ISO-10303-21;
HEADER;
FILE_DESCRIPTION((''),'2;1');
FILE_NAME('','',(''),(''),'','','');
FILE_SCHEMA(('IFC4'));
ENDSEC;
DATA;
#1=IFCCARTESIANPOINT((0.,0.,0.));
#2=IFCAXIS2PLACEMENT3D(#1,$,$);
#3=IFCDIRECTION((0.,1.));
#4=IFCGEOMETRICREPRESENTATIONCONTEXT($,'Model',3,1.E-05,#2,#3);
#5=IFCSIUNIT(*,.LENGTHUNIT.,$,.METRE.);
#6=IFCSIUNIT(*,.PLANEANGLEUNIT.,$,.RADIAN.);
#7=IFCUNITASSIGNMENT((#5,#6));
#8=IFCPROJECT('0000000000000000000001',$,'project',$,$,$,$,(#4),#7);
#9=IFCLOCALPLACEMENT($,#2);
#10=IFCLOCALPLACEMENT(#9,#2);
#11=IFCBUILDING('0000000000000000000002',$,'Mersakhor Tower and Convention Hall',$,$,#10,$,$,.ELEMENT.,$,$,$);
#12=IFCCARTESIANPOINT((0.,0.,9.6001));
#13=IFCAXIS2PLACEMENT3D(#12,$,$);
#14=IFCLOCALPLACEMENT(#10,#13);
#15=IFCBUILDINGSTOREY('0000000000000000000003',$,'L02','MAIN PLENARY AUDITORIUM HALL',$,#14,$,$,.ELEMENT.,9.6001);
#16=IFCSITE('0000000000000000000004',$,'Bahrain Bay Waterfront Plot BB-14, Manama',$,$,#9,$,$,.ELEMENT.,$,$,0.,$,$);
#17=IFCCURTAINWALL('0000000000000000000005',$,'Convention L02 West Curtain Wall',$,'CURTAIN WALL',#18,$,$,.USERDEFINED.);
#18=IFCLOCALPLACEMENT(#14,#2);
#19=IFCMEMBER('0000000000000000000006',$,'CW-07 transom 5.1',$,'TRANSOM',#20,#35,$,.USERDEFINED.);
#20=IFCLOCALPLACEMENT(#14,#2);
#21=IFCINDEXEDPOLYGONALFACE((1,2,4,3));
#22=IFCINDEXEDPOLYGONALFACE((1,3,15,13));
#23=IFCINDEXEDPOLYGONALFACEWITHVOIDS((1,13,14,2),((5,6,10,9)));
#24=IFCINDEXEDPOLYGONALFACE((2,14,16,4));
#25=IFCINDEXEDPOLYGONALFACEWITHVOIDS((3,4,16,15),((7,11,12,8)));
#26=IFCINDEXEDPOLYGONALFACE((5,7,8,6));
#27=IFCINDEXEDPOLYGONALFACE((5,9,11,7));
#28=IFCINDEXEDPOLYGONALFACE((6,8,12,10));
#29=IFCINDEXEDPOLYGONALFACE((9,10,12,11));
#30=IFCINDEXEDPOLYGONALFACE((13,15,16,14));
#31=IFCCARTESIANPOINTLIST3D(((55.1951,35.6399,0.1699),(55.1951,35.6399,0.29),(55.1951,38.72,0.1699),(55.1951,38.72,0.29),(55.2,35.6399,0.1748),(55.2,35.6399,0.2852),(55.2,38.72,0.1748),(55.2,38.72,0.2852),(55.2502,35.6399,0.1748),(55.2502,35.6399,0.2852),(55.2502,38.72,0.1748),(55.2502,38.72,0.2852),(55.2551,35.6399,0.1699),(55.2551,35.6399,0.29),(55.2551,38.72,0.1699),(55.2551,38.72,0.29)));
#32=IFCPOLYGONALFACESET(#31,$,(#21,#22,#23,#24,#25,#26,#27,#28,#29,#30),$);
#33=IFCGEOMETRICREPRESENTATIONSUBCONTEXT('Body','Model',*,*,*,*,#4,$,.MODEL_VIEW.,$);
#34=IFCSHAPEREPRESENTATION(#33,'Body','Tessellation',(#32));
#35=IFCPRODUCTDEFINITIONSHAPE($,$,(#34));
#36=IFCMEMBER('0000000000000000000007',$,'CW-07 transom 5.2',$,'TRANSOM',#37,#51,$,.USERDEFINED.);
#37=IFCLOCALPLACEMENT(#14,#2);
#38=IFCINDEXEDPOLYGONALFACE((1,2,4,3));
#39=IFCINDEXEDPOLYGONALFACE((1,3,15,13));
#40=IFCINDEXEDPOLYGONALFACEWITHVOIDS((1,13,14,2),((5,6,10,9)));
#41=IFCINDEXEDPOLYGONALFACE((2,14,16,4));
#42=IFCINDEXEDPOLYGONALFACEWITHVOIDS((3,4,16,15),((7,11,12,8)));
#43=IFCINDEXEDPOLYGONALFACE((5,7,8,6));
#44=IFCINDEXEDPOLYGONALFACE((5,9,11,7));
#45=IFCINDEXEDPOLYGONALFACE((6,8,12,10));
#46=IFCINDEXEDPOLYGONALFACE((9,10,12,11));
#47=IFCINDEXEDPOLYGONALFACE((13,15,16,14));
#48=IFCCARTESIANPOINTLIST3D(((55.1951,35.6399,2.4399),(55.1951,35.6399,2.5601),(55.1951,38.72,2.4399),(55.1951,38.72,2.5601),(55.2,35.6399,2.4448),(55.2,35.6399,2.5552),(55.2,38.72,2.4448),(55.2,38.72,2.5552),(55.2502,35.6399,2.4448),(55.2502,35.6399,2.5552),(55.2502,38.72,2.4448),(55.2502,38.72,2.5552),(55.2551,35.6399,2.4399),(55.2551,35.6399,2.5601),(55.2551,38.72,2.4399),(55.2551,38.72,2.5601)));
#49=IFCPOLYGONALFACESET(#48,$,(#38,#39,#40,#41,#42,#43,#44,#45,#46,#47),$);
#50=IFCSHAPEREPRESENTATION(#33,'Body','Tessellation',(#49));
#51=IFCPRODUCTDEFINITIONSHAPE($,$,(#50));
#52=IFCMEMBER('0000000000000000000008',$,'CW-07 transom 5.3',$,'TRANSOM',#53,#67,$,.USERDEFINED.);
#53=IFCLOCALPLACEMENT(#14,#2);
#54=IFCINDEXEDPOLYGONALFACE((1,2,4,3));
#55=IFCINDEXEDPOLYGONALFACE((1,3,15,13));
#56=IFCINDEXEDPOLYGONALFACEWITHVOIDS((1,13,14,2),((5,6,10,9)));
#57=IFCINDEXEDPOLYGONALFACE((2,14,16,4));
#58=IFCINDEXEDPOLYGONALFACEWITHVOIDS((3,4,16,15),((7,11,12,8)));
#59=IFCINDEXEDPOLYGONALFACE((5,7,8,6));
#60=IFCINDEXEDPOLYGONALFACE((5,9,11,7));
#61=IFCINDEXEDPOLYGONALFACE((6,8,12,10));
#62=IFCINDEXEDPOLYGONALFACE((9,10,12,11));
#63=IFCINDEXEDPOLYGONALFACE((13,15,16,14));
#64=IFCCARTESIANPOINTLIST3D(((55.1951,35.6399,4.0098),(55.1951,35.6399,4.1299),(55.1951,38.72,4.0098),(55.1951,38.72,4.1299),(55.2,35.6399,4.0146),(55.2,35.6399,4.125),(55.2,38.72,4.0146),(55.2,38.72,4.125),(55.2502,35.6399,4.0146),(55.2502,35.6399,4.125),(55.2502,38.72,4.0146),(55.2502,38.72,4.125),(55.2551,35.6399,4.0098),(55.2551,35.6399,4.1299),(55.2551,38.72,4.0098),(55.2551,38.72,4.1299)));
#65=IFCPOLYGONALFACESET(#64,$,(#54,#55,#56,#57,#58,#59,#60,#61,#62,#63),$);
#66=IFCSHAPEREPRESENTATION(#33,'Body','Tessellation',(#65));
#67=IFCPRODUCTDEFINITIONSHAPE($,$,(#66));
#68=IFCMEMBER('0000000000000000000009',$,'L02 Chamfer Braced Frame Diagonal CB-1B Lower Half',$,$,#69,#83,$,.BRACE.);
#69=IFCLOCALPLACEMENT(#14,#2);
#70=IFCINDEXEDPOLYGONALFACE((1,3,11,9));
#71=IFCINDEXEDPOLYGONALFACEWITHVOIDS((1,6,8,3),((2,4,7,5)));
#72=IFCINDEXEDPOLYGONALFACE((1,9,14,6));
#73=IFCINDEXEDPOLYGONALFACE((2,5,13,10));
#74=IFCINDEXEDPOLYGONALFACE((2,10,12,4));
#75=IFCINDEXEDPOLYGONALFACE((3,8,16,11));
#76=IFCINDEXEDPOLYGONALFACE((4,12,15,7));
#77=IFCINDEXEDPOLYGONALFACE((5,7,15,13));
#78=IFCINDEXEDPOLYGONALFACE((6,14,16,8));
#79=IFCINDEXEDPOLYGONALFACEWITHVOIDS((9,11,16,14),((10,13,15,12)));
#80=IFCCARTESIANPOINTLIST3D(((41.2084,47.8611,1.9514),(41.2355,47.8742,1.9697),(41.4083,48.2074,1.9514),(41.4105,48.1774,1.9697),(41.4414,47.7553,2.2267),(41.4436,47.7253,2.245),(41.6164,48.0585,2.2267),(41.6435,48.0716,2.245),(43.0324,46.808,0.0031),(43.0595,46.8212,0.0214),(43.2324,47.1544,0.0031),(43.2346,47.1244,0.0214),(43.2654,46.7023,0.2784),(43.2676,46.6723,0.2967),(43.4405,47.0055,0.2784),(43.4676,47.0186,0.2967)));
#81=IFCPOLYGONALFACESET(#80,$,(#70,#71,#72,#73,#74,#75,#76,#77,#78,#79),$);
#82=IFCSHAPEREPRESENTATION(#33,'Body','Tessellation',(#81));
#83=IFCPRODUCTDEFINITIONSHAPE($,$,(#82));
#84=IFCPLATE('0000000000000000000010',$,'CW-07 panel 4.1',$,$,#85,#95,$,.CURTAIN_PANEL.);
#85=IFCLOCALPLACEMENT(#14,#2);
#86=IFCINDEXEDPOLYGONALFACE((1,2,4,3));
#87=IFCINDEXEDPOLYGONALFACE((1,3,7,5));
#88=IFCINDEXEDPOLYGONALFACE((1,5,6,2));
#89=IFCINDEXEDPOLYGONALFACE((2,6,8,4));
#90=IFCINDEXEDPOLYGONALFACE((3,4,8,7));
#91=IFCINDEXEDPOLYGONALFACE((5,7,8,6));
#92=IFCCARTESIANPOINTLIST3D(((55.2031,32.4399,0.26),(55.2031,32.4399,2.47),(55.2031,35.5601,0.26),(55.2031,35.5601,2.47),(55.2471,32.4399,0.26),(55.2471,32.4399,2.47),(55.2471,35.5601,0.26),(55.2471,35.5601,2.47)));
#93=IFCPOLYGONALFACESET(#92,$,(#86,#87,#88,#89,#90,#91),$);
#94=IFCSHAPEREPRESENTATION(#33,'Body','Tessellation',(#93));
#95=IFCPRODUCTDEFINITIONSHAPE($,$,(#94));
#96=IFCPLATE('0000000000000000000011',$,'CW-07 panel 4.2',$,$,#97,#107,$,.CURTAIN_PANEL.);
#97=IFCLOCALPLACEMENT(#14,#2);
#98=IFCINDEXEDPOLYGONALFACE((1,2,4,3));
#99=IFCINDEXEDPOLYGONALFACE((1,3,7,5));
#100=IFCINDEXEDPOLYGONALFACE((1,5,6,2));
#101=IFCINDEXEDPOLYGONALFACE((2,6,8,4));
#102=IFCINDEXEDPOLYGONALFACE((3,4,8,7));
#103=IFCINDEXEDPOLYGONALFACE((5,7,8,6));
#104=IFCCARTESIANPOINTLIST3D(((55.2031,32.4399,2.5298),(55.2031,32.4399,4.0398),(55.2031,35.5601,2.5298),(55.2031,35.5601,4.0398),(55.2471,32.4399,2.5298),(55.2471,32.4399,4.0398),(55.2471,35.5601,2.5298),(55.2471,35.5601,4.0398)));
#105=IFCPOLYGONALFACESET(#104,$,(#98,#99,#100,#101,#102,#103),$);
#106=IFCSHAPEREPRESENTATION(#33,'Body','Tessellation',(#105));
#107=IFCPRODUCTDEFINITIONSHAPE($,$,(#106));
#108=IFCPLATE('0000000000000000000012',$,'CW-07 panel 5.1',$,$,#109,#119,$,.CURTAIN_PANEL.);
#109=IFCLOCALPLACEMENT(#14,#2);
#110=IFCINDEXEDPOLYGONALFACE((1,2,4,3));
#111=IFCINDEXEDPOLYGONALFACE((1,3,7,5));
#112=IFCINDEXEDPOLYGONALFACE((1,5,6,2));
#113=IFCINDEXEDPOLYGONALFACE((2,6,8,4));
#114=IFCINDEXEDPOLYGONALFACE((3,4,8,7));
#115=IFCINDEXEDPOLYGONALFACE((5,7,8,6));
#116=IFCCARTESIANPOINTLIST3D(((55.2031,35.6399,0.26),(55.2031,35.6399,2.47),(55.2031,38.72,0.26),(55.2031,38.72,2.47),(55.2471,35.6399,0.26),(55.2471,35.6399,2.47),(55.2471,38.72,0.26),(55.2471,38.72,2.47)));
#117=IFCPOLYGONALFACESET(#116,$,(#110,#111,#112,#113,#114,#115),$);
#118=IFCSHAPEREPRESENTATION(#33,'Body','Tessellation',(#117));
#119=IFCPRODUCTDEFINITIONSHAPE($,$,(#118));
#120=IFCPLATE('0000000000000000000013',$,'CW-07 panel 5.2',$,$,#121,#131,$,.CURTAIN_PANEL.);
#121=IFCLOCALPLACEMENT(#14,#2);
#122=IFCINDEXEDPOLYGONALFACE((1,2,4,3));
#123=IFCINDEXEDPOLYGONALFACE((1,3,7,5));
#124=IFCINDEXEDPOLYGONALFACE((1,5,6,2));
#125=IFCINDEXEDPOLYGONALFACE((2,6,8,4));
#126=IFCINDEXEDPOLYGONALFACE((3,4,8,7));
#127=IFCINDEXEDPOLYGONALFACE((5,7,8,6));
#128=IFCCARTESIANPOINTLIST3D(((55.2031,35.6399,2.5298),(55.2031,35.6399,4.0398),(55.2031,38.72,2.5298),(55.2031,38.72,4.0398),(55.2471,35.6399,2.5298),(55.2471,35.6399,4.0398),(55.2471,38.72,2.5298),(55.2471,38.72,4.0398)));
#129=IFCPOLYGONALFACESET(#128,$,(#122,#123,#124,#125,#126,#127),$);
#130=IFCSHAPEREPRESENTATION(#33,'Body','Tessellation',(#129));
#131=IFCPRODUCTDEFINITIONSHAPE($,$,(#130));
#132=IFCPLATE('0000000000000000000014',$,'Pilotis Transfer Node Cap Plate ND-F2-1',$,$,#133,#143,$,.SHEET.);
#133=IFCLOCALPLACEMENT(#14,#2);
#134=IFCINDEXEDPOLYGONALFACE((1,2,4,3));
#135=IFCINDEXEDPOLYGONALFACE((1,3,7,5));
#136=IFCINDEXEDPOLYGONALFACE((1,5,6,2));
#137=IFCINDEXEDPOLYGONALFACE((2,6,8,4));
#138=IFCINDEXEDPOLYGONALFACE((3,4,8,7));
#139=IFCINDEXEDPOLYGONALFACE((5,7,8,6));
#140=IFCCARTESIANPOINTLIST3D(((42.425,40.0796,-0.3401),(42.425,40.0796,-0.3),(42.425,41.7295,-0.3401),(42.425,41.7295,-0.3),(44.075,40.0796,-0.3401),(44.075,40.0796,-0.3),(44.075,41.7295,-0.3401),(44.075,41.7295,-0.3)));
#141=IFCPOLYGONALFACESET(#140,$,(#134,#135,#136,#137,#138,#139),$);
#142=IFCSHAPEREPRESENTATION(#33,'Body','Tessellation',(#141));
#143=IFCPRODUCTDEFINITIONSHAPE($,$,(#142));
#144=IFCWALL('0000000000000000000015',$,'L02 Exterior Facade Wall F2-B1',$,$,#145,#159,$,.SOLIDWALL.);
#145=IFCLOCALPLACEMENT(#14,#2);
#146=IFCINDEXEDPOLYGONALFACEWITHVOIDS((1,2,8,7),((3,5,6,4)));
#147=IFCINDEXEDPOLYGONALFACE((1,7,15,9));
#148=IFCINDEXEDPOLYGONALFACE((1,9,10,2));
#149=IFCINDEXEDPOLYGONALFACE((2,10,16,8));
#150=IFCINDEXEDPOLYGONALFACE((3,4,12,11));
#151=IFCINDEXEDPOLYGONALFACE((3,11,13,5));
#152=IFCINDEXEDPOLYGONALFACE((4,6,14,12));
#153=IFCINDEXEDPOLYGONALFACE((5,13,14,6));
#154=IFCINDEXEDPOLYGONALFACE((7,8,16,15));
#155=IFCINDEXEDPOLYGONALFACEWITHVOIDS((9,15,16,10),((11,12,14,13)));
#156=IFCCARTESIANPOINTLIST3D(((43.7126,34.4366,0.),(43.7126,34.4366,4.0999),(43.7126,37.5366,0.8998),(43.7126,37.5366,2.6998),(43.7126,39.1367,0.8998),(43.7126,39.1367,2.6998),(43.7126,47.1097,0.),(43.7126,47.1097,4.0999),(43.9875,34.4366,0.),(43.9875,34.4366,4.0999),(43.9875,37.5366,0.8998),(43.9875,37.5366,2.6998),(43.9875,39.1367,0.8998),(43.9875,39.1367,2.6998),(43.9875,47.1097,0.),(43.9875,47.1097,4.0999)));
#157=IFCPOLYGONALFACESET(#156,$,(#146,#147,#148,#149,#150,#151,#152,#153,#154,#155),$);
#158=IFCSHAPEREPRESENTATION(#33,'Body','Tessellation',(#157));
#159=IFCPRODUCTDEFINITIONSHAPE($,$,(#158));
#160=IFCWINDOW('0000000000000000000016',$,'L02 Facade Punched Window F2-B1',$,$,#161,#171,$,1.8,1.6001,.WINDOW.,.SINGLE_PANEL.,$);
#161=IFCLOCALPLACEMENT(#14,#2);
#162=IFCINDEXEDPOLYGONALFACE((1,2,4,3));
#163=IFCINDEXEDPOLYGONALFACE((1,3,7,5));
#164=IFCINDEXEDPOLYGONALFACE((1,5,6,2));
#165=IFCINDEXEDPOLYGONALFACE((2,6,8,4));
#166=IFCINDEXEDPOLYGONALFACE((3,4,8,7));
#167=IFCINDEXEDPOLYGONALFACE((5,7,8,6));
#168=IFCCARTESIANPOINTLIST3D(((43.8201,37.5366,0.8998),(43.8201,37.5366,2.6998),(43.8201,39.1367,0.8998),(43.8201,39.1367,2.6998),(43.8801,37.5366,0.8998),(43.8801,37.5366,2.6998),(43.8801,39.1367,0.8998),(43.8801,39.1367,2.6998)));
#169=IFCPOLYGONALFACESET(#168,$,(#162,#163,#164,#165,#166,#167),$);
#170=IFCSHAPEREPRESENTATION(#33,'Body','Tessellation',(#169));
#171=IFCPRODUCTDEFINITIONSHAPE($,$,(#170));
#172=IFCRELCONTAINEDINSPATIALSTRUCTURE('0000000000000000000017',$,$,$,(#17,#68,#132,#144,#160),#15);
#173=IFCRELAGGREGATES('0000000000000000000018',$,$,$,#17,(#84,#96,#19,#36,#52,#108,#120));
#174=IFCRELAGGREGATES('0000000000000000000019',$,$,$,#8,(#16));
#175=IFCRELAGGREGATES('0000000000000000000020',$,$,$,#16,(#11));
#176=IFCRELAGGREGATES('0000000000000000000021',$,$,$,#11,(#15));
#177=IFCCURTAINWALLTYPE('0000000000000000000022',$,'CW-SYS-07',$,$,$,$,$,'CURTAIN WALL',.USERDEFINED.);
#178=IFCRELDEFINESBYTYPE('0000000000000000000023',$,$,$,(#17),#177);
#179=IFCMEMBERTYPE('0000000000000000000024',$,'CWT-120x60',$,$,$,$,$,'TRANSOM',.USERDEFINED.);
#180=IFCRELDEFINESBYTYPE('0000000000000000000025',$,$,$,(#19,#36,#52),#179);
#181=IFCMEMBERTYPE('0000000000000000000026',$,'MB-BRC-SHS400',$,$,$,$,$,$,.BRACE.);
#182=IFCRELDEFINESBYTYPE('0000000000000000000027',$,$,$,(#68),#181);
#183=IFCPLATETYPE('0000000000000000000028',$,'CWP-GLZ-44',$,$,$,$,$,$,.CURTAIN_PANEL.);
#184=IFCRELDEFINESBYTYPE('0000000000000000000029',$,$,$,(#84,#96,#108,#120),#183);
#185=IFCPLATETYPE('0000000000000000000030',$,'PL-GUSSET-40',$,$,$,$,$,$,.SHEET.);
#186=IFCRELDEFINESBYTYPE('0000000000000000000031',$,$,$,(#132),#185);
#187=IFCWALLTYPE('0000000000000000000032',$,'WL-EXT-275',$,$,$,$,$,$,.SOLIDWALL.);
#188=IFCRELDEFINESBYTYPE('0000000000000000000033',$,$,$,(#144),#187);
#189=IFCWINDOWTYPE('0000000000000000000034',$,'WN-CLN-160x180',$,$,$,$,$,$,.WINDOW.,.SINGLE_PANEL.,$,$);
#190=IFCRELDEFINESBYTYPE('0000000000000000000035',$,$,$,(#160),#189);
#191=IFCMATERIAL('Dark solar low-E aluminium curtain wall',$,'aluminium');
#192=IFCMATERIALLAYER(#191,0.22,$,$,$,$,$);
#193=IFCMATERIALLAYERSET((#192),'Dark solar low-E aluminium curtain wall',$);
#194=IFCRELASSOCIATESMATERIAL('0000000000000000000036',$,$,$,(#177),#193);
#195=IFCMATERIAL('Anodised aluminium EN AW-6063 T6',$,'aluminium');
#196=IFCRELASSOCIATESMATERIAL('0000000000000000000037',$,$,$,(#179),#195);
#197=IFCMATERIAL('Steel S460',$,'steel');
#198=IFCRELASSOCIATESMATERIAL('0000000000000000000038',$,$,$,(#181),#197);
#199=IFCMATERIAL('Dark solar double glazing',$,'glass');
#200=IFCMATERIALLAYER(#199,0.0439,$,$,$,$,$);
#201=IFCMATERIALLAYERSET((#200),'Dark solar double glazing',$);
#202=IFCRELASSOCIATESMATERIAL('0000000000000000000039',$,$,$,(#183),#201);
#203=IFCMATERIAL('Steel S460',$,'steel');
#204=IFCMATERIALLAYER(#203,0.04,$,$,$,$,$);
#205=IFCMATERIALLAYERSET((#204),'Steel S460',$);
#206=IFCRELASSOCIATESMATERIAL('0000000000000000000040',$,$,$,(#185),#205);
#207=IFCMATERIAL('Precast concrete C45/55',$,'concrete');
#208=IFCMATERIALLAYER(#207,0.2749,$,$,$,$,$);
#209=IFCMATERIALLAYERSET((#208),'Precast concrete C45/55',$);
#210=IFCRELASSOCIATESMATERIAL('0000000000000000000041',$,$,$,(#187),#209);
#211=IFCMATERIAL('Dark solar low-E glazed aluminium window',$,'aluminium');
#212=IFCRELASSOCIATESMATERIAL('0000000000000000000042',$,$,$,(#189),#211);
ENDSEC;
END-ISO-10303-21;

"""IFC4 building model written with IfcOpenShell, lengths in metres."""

from ifc_helpers import new_model, si_unit, direction, frame, frame_2d, origin, origin_2d, place, context, subcontext, project, spatial, rectangle, hollow_rectangle, extrude, material, layer, layer_set, material_profile, profile_set, type_object, element, fill, aggregate, save


model = new_model("IFC4")

# Units and contexts
model_context = context("Model", 3, precision=1e-05, world=origin(), true_north=direction((0.0, 1.0)))
body_context = subcontext(model_context, "Body", "Model", "MODEL_VIEW")
ifc_project = project(units=[si_unit("LENGTHUNIT", "METRE"), si_unit("PLANEANGLEUNIT", "RADIAN")], contexts=[model_context])

# Site, building, storey
site_placement = place(None, origin())
site = spatial("IfcSite", under=ifc_project, at=site_placement, Name="Bahrain Bay Waterfront Plot BB-14, Manama", CompositionType="ELEMENT", RefElevation=0.0)
building_placement = place(site_placement, origin())
building = spatial("IfcBuilding", under=site, at=building_placement, Name="Mersakhor Tower and Convention Hall", CompositionType="ELEMENT")
storey_placement = place(building_placement, frame((0.0, 0.0, 9.6001)))
storey = spatial("IfcBuildingStorey", under=building, at=storey_placement, Name="L02", Description="MAIN PLENARY AUDITORIUM HALL", CompositionType="ELEMENT", Elevation=9.6001)

# Curtain wall, members
ifc_material_1 = material(Name="Dark solar low-E aluminium curtain wall", Category="aluminium")
ifc_layer_1 = layer(ifc_material_1, 0.22)
ifc_layer_set_1 = layer_set([ifc_layer_1], Name="Dark solar low-E aluminium curtain wall")
curtain_wall_type = type_object("IfcCurtainWallType", Name="CW-SYS-07", ElementType="CURTAIN WALL", PredefinedType="USERDEFINED", material=ifc_layer_set_1)
curtain_wall_placement = place(storey_placement, origin())
curtain_wall = element("IfcCurtainWall", 1, at=curtain_wall_placement, inside=storey, type_object=curtain_wall_type, Name="Convention L02 West Curtain Wall", ObjectType="CURTAIN WALL", PredefinedType="USERDEFINED")
ifc_material_2 = material(Name="Anodised aluminium EN AW-6063 T6", Category="aluminium")
ifc_material_profile_1 = material_profile(ifc_material_2, hollow_rectangle(XDim=0.0601, YDim=0.1201, WallThickness=0.0049, at=origin_2d()), Name="RHS 120x60x5")
ifc_profile_set_1 = profile_set([ifc_material_profile_1], Name="Anodised aluminium EN AW-6063 T6")
member_type_1 = type_object("IfcMemberType", Name="CWT-120x60", ElementType="TRANSOM", PredefinedType="USERDEFINED", material=ifc_profile_set_1)
member_1_placement = place(storey_placement, frame((55.2251, 35.6399, 0.23), z_axis=(0.0, 1.0, 0.0), x_axis=(-1.0, 0.0, 0.0)))
member_1 = element("IfcMember", 2, at=member_1_placement, type_object=member_type_1, Name="CW-07 transom 5.1", ObjectType="TRANSOM", PredefinedType="USERDEFINED", context=body_context, shape_type="SweptSolid", body=[
    extrude(hollow_rectangle(XDim=0.0601, YDim=0.1201, WallThickness=0.0049, at=origin_2d()), origin(), (0.0, 0.0, 1.0), 3.0801),
])
member_2_placement = place(storey_placement, frame((55.2251, 35.6399, 2.5), z_axis=(0.0, 1.0, 0.0), x_axis=(-1.0, 0.0, 0.0)))
member_2 = element("IfcMember", 3, at=member_2_placement, type_object=member_type_1, Name="CW-07 transom 5.2", ObjectType="TRANSOM", PredefinedType="USERDEFINED", context=body_context, shape_type="SweptSolid", body=[
    extrude(hollow_rectangle(XDim=0.0601, YDim=0.1201, WallThickness=0.0049, at=origin_2d()), origin(), (0.0, 0.0, 1.0), 3.0801),
])
member_3_placement = place(storey_placement, frame((55.2251, 35.6399, 4.0698), z_axis=(0.0, 1.0, 0.0), x_axis=(-1.0, 0.0, 0.0)))
member_3 = element("IfcMember", 4, at=member_3_placement, type_object=member_type_1, Name="CW-07 transom 5.3", ObjectType="TRANSOM", PredefinedType="USERDEFINED", context=body_context, shape_type="SweptSolid", body=[
    extrude(hollow_rectangle(XDim=0.0601, YDim=0.1201, WallThickness=0.0049, at=origin_2d()), origin(), (0.0, 0.0, 1.0), 3.0801),
])

# Member
ifc_material_3 = material(Name="Steel S460", Category="steel")
ifc_material_profile_2 = material_profile(ifc_material_3, hollow_rectangle(XDim=0.3999, YDim=0.3999, WallThickness=0.0249, at=origin_2d()), Name="SHS 400x400x25")
ifc_profile_set_2 = profile_set([ifc_material_profile_2], Name="Steel S460")
member_type_2 = type_object("IfcMemberType", Name="MB-BRC-SHS400", PredefinedType="BRACE", material=ifc_profile_set_2)
member_4_placement = place(storey_placement, frame((43.25, 46.9133, 0.1499), z_axis=(-0.635748, 0.367016, 0.679061), x_axis=(-0.499967, -0.866045, 0.0)))
element("IfcMember", 5, at=member_4_placement, inside=storey, type_object=member_type_2, Name="L02 Chamfer Braced Frame Diagonal CB-1B Lower Half", PredefinedType="BRACE", context=body_context, shape_type="SweptSolid", body=[
    extrude(hollow_rectangle(XDim=0.3999, YDim=0.3999, WallThickness=0.0249, at=origin_2d()), origin(), (0.0, 0.0, 1.0), 2.8691),
])

# Plates
ifc_material_4 = material(Name="Dark solar double glazing", Category="glass")
ifc_layer_2 = layer(ifc_material_4, 0.0439)
ifc_layer_set_2 = layer_set([ifc_layer_2], Name="Dark solar double glazing")
plate_type_1 = type_object("IfcPlateType", Name="CWP-GLZ-44", PredefinedType="CURTAIN_PANEL", material=ifc_layer_set_2)
plate_1_placement = place(storey_placement, frame((55.2251, 34.0, 0.26), z_axis=(0.0, 0.0, 1.0), x_axis=(0.0, 1.0, 0.0)))
plate_1 = element("IfcPlate", 6, at=plate_1_placement, type_object=plate_type_1, Name="CW-07 panel 4.1", PredefinedType="CURTAIN_PANEL", context=body_context, shape_type="SweptSolid", body=[
    extrude(rectangle(XDim=3.1201, YDim=0.0439, at=origin_2d()), origin(), (0.0, 0.0, 1.0), 2.21),
])
plate_2_placement = place(storey_placement, frame((55.2251, 34.0, 2.5298), z_axis=(0.0, 0.0, 1.0), x_axis=(0.0, 1.0, 0.0)))
plate_2 = element("IfcPlate", 7, at=plate_2_placement, type_object=plate_type_1, Name="CW-07 panel 4.2", PredefinedType="CURTAIN_PANEL", context=body_context, shape_type="SweptSolid", body=[
    extrude(rectangle(XDim=3.1201, YDim=0.0439, at=origin_2d()), origin(), (0.0, 0.0, 1.0), 1.51),
])
plate_3_placement = place(storey_placement, frame((55.2251, 37.1799, 0.26), z_axis=(0.0, 0.0, 1.0), x_axis=(0.0, 1.0, 0.0)))
plate_3 = element("IfcPlate", 8, at=plate_3_placement, type_object=plate_type_1, Name="CW-07 panel 5.1", PredefinedType="CURTAIN_PANEL", context=body_context, shape_type="SweptSolid", body=[
    extrude(rectangle(XDim=3.0801, YDim=0.0439, at=origin_2d()), origin(), (0.0, 0.0, 1.0), 2.21),
])
plate_4_placement = place(storey_placement, frame((55.2251, 37.1799, 2.5298), z_axis=(0.0, 0.0, 1.0), x_axis=(0.0, 1.0, 0.0)))
plate_4 = element("IfcPlate", 9, at=plate_4_placement, type_object=plate_type_1, Name="CW-07 panel 5.2", PredefinedType="CURTAIN_PANEL", context=body_context, shape_type="SweptSolid", body=[
    extrude(rectangle(XDim=3.0801, YDim=0.0439, at=origin_2d()), origin(), (0.0, 0.0, 1.0), 1.51),
])
aggregate(curtain_wall, [plate_1, plate_2, member_1, member_2, member_3, plate_3, plate_4])
ifc_material_5 = material(Name="Steel S460", Category="steel")
ifc_layer_3 = layer(ifc_material_5, 0.04)
ifc_layer_set_3 = layer_set([ifc_layer_3], Name="Steel S460")
plate_type_2 = type_object("IfcPlateType", Name="PL-GUSSET-40", PredefinedType="SHEET", material=ifc_layer_set_3)
plate_5_placement = place(storey_placement, frame((43.25, 40.9045, -0.3401), z_axis=(0.0, 0.0, 1.0), x_axis=(1.0, 0.0, 0.0)))
element("IfcPlate", 10, at=plate_5_placement, inside=storey, type_object=plate_type_2, Name="Pilotis Transfer Node Cap Plate ND-F2-1", PredefinedType="SHEET", context=body_context, shape_type="SweptSolid", body=[
    extrude(rectangle(XDim=1.6499, YDim=1.6499, at=origin_2d()), origin(), (0.0, 0.0, 1.0), 0.04),
])

# Wall, opening, window
ifc_material_6 = material(Name="Precast concrete C45/55", Category="concrete")
ifc_layer_4 = layer(ifc_material_6, 0.2749)
ifc_layer_set_4 = layer_set([ifc_layer_4], Name="Precast concrete C45/55")
wall_type_1 = type_object("IfcWallType", Name="WL-EXT-275", PredefinedType="SOLIDWALL", material=ifc_layer_set_4)
wall_1_placement = place(storey_placement, frame((43.8501, 47.1096, 0.0), z_axis=(0.0, 0.0, 1.0), x_axis=(0.0, -1.0, 0.0)))
wall_1 = element("IfcWall", 11, at=wall_1_placement, inside=storey, type_object=wall_type_1, Name="L02 Exterior Facade Wall F2-B1", PredefinedType="SOLIDWALL", context=body_context, shape_type="SweptSolid", body=[
    extrude(rectangle(XDim=12.6731, YDim=0.2749, at=frame_2d((6.3364, 0.0))), origin(), (0.0, 0.0, 1.0), 4.0999),
])
opening_1_placement = place(wall_1_placement, frame((7.9729, 0.0, 0.8999)))
opening_1 = element("IfcOpeningElement", 12, at=opening_1_placement, cuts=wall_1, PredefinedType="OPENING", context=body_context, shape_type="SweptSolid", body=[
    extrude(rectangle(XDim=1.6001, YDim=1.8, at=frame_2d((0.8, 0.8999))), frame((0.0, 0.1475, 0.0), z_axis=(0.0, -1.0, 0.0), x_axis=(1.0, 0.0, 0.0)), (0.0, 0.0, 1.0), 0.2949),
])
ifc_material_7 = material(Name="Dark solar low-E glazed aluminium window", Category="aluminium")
window_type = type_object("IfcWindowType", Name="WN-CLN-160x180", PartitioningType="SINGLE_PANEL", PredefinedType="WINDOW", material=ifc_material_7)
window_placement = place(opening_1_placement, origin())
window = element("IfcWindow", 13, at=window_placement, inside=storey, type_object=window_type, Name="L02 Facade Punched Window F2-B1", OverallHeight=1.8, OverallWidth=1.6001, PartitioningType="SINGLE_PANEL", PredefinedType="WINDOW", context=body_context, shape_type="SweptSolid", body=[
    extrude(rectangle(XDim=1.6001, YDim=1.8, at=frame_2d((0.8, 0.8999))), frame((0.0, 0.03, 0.0), z_axis=(0.0, -1.0, 0.0), x_axis=(1.0, 0.0, 0.0)), (0.0, 0.0, 1.0), 0.0601),
])
fill(opening_1, window)

save(model, "model.ifc")
